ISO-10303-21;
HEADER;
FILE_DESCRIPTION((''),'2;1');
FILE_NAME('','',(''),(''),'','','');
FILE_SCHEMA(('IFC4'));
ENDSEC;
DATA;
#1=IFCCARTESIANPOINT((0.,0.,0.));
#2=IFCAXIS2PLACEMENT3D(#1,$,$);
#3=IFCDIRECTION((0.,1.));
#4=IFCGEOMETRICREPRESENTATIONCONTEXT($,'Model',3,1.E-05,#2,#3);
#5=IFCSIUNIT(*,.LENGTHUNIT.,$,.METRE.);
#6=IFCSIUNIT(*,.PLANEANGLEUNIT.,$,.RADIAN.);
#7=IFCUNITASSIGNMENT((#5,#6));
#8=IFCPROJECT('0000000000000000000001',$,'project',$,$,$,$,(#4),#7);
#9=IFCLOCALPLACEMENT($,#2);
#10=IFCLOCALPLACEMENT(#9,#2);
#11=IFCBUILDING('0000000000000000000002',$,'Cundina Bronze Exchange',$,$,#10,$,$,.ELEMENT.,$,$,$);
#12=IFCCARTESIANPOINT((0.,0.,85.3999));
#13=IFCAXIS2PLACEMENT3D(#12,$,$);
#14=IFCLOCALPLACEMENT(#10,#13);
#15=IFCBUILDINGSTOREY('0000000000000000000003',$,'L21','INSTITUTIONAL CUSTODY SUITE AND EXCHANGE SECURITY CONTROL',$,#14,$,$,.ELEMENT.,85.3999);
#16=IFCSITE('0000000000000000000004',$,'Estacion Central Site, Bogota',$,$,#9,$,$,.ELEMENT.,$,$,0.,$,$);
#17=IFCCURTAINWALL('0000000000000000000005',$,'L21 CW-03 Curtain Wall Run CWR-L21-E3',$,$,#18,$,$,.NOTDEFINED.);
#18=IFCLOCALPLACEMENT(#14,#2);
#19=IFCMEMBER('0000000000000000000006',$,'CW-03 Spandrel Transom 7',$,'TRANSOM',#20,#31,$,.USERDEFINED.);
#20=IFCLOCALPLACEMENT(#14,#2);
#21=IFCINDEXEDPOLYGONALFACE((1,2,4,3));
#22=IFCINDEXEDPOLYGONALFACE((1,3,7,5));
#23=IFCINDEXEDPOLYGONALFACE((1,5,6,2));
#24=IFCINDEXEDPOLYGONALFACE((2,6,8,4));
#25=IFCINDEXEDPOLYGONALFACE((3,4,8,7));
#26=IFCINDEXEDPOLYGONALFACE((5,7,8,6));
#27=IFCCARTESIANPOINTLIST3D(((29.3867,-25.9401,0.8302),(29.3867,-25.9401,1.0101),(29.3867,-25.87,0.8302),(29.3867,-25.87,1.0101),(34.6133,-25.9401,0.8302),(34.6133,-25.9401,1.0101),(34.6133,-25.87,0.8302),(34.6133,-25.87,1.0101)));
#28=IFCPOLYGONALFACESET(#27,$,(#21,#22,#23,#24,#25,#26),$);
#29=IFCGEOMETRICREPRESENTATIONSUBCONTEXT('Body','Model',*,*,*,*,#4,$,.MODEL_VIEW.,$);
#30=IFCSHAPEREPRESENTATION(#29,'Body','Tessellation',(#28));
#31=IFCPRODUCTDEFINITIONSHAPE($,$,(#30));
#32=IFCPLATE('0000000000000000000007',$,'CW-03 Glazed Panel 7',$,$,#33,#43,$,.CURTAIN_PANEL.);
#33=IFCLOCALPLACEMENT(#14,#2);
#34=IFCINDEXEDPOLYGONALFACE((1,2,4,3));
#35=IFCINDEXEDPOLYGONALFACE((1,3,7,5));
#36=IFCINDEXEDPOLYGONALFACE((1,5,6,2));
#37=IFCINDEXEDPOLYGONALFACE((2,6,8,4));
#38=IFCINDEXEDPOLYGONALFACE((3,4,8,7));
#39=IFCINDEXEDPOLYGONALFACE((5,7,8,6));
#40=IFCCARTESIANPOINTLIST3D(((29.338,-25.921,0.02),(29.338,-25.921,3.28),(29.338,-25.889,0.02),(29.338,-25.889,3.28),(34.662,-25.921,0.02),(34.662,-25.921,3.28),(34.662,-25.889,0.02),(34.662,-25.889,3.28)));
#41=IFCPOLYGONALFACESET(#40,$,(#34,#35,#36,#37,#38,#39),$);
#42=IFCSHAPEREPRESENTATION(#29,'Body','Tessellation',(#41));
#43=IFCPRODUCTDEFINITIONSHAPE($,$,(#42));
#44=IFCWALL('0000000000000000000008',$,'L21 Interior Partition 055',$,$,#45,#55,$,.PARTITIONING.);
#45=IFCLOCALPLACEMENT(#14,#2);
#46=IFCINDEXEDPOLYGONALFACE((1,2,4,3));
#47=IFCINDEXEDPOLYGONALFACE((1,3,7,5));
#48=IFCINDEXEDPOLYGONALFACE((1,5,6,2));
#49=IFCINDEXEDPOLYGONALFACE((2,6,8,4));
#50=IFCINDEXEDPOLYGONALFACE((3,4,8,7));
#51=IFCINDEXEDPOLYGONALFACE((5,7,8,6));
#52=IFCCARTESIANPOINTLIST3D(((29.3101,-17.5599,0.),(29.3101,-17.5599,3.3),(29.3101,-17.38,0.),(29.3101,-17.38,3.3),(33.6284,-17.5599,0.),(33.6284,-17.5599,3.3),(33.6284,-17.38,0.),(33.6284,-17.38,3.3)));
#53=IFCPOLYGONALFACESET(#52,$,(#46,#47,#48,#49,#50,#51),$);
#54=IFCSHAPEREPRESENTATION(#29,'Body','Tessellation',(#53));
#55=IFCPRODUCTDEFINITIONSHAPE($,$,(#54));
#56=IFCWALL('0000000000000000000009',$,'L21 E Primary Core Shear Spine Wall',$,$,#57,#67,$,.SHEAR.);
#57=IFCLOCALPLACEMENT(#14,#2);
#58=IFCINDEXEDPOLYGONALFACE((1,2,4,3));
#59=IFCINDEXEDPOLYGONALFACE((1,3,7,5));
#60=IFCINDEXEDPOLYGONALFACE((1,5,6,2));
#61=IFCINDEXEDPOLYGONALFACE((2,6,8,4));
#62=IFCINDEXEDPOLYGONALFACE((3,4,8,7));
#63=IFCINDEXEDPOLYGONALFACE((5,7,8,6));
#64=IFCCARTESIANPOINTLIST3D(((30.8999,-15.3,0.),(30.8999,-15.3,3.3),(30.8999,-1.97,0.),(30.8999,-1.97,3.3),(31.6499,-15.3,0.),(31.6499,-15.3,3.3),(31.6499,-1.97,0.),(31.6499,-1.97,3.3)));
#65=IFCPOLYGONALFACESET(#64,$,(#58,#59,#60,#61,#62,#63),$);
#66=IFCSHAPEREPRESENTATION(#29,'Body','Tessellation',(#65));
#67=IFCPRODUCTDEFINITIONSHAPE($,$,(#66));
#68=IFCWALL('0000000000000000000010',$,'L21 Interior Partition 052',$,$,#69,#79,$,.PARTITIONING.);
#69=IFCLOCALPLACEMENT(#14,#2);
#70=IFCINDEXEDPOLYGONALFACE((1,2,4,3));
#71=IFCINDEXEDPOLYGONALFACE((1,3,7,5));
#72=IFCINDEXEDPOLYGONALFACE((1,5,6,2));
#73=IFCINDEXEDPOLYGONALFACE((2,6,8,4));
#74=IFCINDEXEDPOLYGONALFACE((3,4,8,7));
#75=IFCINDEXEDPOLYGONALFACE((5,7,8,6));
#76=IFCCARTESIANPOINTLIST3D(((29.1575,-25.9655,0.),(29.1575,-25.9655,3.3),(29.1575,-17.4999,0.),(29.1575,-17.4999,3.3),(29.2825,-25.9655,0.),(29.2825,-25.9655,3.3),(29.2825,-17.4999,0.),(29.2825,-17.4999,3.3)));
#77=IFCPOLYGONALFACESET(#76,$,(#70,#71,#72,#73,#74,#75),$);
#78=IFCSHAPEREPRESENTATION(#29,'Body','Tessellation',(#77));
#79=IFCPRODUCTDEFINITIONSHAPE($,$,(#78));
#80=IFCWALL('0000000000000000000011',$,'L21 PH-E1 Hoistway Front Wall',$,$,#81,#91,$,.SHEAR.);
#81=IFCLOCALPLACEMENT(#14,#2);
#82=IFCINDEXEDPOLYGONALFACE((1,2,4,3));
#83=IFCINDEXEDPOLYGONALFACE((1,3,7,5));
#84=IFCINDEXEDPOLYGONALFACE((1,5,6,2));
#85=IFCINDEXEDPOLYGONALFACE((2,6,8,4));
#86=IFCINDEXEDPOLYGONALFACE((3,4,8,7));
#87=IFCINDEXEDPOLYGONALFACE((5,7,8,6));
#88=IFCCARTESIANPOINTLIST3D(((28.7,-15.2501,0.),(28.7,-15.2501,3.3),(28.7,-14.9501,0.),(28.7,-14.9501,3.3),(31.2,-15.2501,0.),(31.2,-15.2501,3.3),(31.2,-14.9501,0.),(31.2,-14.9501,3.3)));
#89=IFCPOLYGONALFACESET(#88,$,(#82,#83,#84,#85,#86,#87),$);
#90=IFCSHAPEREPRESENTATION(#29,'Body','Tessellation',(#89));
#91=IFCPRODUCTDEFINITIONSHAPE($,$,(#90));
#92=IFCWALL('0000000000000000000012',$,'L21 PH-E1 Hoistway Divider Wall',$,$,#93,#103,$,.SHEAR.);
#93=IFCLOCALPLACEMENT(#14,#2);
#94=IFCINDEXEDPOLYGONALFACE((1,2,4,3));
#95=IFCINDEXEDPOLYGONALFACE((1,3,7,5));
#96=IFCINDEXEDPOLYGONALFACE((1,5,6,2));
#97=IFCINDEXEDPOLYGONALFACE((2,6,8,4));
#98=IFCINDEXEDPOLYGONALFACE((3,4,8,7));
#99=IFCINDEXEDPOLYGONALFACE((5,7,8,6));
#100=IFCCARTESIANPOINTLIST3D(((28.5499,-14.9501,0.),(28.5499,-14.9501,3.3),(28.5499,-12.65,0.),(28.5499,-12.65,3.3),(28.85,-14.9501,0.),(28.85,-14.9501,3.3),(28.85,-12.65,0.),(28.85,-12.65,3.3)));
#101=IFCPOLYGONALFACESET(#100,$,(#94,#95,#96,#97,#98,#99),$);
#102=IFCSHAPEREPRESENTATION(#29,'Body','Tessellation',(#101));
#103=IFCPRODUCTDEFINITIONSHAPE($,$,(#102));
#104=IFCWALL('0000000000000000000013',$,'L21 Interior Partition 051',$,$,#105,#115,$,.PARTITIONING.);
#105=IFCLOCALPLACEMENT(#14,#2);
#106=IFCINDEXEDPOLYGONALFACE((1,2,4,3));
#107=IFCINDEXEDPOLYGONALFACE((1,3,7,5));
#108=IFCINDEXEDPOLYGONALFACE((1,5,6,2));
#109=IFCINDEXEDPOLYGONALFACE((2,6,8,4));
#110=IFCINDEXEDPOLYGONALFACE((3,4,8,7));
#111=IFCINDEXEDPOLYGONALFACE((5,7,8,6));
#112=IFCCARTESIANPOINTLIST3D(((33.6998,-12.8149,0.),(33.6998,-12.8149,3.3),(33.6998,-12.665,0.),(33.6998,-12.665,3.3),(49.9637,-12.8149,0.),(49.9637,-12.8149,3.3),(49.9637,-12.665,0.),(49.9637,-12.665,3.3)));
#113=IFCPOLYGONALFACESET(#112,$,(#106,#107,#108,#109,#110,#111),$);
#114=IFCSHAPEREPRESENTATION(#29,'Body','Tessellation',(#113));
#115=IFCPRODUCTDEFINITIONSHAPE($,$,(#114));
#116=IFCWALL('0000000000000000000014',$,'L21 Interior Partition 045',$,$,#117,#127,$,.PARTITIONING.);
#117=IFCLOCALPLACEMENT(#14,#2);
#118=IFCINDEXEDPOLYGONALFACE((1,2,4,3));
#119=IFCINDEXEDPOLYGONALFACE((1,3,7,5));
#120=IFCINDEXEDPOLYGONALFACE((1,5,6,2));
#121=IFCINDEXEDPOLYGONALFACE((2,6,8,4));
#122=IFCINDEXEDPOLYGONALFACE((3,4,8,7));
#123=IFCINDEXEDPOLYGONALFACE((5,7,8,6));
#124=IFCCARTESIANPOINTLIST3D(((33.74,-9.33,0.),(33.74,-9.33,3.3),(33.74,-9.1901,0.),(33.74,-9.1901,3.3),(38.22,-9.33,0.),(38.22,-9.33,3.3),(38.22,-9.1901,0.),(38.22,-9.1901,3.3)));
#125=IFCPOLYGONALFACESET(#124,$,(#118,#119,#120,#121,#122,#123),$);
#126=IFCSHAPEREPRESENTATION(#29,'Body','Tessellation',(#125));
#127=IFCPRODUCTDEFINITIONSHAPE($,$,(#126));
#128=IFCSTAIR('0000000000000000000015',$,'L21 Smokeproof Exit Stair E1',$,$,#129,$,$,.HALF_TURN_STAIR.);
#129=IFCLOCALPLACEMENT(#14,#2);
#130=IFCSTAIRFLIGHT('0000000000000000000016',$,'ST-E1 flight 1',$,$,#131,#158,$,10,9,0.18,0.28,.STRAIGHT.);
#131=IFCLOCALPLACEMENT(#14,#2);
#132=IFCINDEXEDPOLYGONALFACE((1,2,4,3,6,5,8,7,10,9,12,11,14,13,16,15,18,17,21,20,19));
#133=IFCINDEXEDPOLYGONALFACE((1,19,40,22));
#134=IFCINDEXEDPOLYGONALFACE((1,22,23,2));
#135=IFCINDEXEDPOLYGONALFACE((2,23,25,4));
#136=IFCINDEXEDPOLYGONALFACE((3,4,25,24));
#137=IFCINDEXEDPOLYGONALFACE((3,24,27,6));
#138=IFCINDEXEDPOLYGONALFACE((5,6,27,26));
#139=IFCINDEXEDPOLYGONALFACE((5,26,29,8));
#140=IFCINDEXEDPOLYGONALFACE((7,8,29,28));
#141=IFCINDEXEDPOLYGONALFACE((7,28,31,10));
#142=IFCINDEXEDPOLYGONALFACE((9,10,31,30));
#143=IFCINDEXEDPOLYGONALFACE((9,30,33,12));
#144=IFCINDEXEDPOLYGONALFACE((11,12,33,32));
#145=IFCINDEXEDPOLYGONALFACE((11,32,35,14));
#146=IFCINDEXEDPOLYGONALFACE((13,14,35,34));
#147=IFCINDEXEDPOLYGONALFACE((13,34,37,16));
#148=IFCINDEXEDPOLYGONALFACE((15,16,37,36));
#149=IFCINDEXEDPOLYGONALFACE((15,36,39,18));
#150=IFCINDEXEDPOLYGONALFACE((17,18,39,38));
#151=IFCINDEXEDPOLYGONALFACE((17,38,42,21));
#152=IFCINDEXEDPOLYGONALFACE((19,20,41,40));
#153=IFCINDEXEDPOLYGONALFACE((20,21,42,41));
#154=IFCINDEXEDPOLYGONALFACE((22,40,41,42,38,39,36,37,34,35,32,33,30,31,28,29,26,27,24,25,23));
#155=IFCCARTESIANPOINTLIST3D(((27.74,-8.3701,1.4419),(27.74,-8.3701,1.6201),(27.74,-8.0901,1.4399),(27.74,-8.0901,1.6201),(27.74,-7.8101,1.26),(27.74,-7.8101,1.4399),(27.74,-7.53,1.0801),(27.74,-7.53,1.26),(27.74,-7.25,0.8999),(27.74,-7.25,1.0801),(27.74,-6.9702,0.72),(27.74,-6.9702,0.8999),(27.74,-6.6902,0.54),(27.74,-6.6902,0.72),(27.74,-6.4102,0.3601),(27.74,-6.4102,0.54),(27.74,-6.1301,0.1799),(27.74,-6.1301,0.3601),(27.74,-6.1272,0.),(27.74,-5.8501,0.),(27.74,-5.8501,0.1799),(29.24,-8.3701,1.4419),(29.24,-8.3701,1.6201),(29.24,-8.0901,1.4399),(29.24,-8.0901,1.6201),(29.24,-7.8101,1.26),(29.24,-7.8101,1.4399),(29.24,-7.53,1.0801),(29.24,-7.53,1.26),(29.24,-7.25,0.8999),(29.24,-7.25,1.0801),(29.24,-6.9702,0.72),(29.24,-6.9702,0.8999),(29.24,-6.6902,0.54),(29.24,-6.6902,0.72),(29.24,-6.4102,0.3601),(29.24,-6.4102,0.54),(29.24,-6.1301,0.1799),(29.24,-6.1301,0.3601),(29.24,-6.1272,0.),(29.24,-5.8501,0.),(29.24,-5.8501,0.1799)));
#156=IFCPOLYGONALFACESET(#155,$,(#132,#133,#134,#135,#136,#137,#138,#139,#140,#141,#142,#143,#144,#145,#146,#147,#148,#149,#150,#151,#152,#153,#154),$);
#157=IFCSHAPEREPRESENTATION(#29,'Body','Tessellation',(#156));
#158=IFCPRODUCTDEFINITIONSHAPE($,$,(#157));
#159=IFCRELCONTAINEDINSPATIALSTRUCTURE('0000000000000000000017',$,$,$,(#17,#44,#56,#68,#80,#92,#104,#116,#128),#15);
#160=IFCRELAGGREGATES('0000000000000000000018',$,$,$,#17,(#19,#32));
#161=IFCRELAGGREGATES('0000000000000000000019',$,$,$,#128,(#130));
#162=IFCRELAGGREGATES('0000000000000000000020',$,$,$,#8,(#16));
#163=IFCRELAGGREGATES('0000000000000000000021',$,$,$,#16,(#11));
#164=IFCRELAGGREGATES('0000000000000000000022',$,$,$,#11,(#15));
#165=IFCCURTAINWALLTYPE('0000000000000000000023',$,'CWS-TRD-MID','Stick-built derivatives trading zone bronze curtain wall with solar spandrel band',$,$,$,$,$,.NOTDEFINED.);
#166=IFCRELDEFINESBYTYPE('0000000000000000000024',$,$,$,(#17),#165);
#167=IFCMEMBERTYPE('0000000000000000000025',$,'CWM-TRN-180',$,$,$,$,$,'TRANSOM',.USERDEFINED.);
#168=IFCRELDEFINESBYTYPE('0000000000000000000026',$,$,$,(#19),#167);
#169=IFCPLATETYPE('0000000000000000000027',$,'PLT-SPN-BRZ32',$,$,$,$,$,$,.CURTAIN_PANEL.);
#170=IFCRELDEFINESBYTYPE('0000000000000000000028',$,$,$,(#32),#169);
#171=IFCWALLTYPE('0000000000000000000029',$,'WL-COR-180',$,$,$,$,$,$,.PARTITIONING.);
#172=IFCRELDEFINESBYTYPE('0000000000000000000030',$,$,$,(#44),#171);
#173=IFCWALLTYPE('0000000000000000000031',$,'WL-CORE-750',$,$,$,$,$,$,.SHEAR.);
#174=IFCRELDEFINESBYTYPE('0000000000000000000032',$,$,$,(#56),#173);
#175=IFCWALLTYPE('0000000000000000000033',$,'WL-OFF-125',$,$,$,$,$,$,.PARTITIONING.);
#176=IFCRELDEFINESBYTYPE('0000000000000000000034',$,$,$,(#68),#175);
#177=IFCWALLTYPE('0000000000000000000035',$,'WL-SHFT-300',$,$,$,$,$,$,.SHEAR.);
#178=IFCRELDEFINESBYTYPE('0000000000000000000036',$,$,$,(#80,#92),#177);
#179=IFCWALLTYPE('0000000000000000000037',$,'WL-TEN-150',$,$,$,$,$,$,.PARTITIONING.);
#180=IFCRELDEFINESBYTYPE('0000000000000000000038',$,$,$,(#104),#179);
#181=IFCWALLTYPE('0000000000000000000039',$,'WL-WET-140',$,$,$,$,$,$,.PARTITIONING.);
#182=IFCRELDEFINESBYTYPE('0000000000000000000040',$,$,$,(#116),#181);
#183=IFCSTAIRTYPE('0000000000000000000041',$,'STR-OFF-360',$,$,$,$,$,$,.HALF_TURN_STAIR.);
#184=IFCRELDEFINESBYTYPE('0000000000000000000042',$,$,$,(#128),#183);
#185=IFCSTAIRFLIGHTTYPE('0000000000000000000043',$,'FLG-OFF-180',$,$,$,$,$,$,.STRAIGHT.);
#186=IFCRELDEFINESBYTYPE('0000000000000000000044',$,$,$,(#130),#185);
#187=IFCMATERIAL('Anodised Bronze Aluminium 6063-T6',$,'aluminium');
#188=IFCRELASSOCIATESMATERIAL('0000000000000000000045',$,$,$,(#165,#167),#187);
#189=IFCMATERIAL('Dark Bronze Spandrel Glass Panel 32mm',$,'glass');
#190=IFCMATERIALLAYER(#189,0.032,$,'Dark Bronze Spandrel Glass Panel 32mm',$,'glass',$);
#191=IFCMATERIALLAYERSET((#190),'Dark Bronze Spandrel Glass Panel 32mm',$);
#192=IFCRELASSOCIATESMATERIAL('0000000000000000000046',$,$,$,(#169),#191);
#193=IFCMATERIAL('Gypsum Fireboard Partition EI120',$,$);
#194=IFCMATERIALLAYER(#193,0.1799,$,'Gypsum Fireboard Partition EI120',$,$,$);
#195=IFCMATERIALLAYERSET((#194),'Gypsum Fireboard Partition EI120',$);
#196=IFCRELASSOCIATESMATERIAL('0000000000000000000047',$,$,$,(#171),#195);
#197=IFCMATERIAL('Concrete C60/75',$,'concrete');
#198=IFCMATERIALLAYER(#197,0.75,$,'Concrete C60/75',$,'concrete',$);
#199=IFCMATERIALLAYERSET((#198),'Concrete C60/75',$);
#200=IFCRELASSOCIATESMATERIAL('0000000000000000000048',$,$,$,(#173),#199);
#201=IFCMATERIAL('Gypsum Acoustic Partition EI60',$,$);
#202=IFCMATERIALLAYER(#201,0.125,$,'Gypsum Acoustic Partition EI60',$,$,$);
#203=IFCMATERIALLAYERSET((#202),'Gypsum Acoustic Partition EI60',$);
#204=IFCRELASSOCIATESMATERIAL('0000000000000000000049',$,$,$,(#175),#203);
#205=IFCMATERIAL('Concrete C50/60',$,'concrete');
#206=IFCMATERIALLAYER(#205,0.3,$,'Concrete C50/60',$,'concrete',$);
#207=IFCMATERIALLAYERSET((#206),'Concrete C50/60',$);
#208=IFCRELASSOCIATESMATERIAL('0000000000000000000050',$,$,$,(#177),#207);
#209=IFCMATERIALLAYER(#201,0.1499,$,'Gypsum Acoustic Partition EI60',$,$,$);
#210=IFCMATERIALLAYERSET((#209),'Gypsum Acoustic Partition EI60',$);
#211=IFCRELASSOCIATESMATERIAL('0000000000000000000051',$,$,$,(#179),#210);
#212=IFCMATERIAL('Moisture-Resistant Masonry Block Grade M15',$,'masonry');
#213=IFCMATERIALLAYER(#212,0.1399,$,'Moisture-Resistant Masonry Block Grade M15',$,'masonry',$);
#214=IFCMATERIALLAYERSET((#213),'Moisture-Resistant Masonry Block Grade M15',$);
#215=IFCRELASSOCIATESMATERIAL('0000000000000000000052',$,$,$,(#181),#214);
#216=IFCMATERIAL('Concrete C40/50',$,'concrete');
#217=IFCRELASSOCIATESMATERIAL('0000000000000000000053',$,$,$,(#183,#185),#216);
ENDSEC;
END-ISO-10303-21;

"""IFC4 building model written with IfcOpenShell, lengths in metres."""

from ifc_helpers import new_model, si_unit, direction, frame, frame_2d, origin, origin_2d, place, context, subcontext, project, spatial, polyline, rectangle, outline, extrude, material, layer, layer_set, material_profile, profile_set, type_object, element, aggregate, save


model = new_model("IFC4")

# Units and contexts
model_context = context("Model", 3, precision=1e-05, world=origin(), true_north=direction((0.0, 1.0)))
body_context = subcontext(model_context, "Body", "Model", "MODEL_VIEW")
ifc_project = project(units=[si_unit("LENGTHUNIT", "METRE"), si_unit("PLANEANGLEUNIT", "RADIAN")], contexts=[model_context])

# Site, building, storey
site_placement = place(None, origin())
site = spatial("IfcSite", under=ifc_project, at=site_placement, Name="Estacion Central Site, Bogota", CompositionType="ELEMENT", RefElevation=0.0)
building_placement = place(site_placement, origin())
building = spatial("IfcBuilding", under=site, at=building_placement, Name="Cundina Bronze Exchange", CompositionType="ELEMENT")
storey_placement = place(building_placement, frame((0.0, 0.0, 85.3999)))
storey = spatial("IfcBuildingStorey", under=building, at=storey_placement, Name="L21", Description="INSTITUTIONAL CUSTODY SUITE AND EXCHANGE SECURITY CONTROL", CompositionType="ELEMENT", Elevation=85.3999)

# Shared definitions
ifc_material_1 = material(Name="Concrete C60/75", Category="concrete")

# Curtain wall
ifc_material_2 = material(Name="Anodised Bronze Aluminium 6063-T6", Category="aluminium")
curtain_wall_type = type_object("IfcCurtainWallType", Name="CWS-TRD-MID", Description="Stick-built derivatives trading zone bronze curtain wall with solar spandrel band", PredefinedType="NOTDEFINED", material=ifc_material_2)
curtain_wall_1_placement = place(storey_placement, origin())
curtain_wall_1 = element("IfcCurtainWall", 1, at=curtain_wall_1_placement, inside=storey, type_object=curtain_wall_type, Name="L21 CW-03 Curtain Wall Run CWR-L21-E3", PredefinedType="NOTDEFINED")

# Member
ifc_material_profile_1 = material_profile(ifc_material_2, rectangle(XDim=0.0701, YDim=0.1799, at=origin_2d()), Name="AL70X180", Category="aluminium")
ifc_profile_set_1 = profile_set([ifc_material_profile_1], Name="Anodised Bronze Aluminium 6063-T6")
member_type_1 = type_object("IfcMemberType", Name="CWM-TRN-180", ElementType="TRANSOM", PredefinedType="USERDEFINED", material=ifc_profile_set_1)
member_1_placement = place(storey_placement, frame((29.3867, -25.905, 0.9202), z_axis=(1.0, 0.0, 0.0), x_axis=(0.0, 1.0, 0.0)))
member_1 = element("IfcMember", 2, at=member_1_placement, type_object=member_type_1, Name="CW-03 Spandrel Transom 7", ObjectType="TRANSOM", PredefinedType="USERDEFINED", context=body_context, shape_type="SweptSolid", body=[
    extrude(rectangle(XDim=0.0701, YDim=0.1799, at=origin_2d()), origin(), (0.0, 0.0, 1.0), 5.2266),
])

# Plate
ifc_material_3 = material(Name="Dark Bronze Spandrel Glass Panel 32mm", Category="glass")
ifc_layer_1 = layer(ifc_material_3, 0.032, Name="Dark Bronze Spandrel Glass Panel 32mm", Category="glass")
ifc_layer_set_1 = layer_set([ifc_layer_1], Name="Dark Bronze Spandrel Glass Panel 32mm")
plate_type = type_object("IfcPlateType", Name="PLT-SPN-BRZ32", PredefinedType="CURTAIN_PANEL", material=ifc_layer_set_1)
plate_placement = place(storey_placement, frame((32.0, -25.905, 0.02), z_axis=(0.0, 0.0, 1.0), x_axis=(1.0, 0.0, 0.0)))
plate = element("IfcPlate", 3, at=plate_placement, type_object=plate_type, Name="CW-03 Glazed Panel 7", PredefinedType="CURTAIN_PANEL", context=body_context, shape_type="SweptSolid", body=[
    extrude(rectangle(XDim=5.324, YDim=0.032, at=origin_2d()), origin(), (0.0, 0.0, 1.0), 3.26),
])
aggregate(curtain_wall_1, [member_1, plate])

# Shared definitions
ifc_material_4 = material(Name="Gypsum Fireboard Partition EI120")
ifc_layer_2 = layer(ifc_material_4, 0.1799, Name="Gypsum Fireboard Partition EI120")
ifc_layer_set_2 = layer_set([ifc_layer_2], Name="Gypsum Fireboard Partition EI120")
wall_type_1 = type_object("IfcWallType", Name="WL-COR-180", PredefinedType="PARTITIONING", material=ifc_layer_set_2)

# Wall
wall_1_placement = place(storey_placement, frame((29.3101, -17.47, 0.0), z_axis=(0.0, 0.0, 1.0), x_axis=(1.0, 0.0, 0.0)))
element("IfcWall", 4, at=wall_1_placement, inside=storey, type_object=wall_type_1, Name="L21 Interior Partition 055", PredefinedType="PARTITIONING", context=body_context, shape_type="SweptSolid", body=[
    extrude(rectangle(XDim=4.3184, YDim=0.1799, at=frame_2d((2.1592, 0.0))), origin(), (0.0, 0.0, 1.0), 3.3),
])

# Walls
ifc_layer_3 = layer(ifc_material_1, 0.75, Name="Concrete C60/75", Category="concrete")
ifc_layer_set_3 = layer_set([ifc_layer_3], Name="Concrete C60/75")
wall_type_2 = type_object("IfcWallType", Name="WL-CORE-750", PredefinedType="SHEAR", material=ifc_layer_set_3)
wall_2_placement = place(storey_placement, frame((31.2749, -15.3, 0.0), z_axis=(0.0, 0.0, 1.0), x_axis=(0.0, 1.0, 0.0)))
element("IfcWall", 5, at=wall_2_placement, inside=storey, type_object=wall_type_2, Name="L21 E Primary Core Shear Spine Wall", PredefinedType="SHEAR", context=body_context, shape_type="SweptSolid", body=[
    extrude(rectangle(XDim=13.3301, YDim=0.75, at=frame_2d((6.665, 0.0))), origin(), (0.0, 0.0, 1.0), 3.3),
])
ifc_material_5 = material(Name="Gypsum Acoustic Partition EI60")
ifc_layer_4 = layer(ifc_material_5, 0.125, Name="Gypsum Acoustic Partition EI60")
ifc_layer_set_4 = layer_set([ifc_layer_4], Name="Gypsum Acoustic Partition EI60")
wall_type_3 = type_object("IfcWallType", Name="WL-OFF-125", PredefinedType="PARTITIONING", material=ifc_layer_set_4)
wall_3_placement = place(storey_placement, frame((29.22, -25.9656, 0.0), z_axis=(0.0, 0.0, 1.0), x_axis=(0.0, 1.0, 0.0)))
element("IfcWall", 6, at=wall_3_placement, inside=storey, type_object=wall_type_3, Name="L21 Interior Partition 052", PredefinedType="PARTITIONING", context=body_context, shape_type="SweptSolid", body=[
    extrude(rectangle(XDim=8.4656, YDim=0.125, at=frame_2d((4.2329, 0.0))), origin(), (0.0, 0.0, 1.0), 3.3),
])
ifc_material_6 = material(Name="Concrete C50/60", Category="concrete")
ifc_layer_5 = layer(ifc_material_6, 0.3, Name="Concrete C50/60", Category="concrete")
ifc_layer_set_5 = layer_set([ifc_layer_5], Name="Concrete C50/60")
wall_type_4 = type_object("IfcWallType", Name="WL-SHFT-300", PredefinedType="SHEAR", material=ifc_layer_set_5)
wall_4_placement = place(storey_placement, frame((28.7, -15.1001, 0.0), z_axis=(0.0, 0.0, 1.0), x_axis=(1.0, 0.0, 0.0)))
element("IfcWall", 7, at=wall_4_placement, inside=storey, type_object=wall_type_4, Name="L21 PH-E1 Hoistway Front Wall", PredefinedType="SHEAR", context=body_context, shape_type="SweptSolid", body=[
    extrude(rectangle(XDim=2.5, YDim=0.3, at=frame_2d((1.25, 0.0))), origin(), (0.0, 0.0, 1.0), 3.3),
])
wall_5_placement = place(storey_placement, frame((28.7, -14.95, 0.0), z_axis=(0.0, 0.0, 1.0), x_axis=(0.0, 1.0, 0.0)))
element("IfcWall", 8, at=wall_5_placement, inside=storey, type_object=wall_type_4, Name="L21 PH-E1 Hoistway Divider Wall", PredefinedType="SHEAR", context=body_context, shape_type="SweptSolid", body=[
    extrude(rectangle(XDim=2.3, YDim=0.3, at=frame_2d((1.1499, 0.0))), origin(), (0.0, 0.0, 1.0), 3.3),
])
ifc_layer_6 = layer(ifc_material_5, 0.1499, Name="Gypsum Acoustic Partition EI60")
ifc_layer_set_6 = layer_set([ifc_layer_6], Name="Gypsum Acoustic Partition EI60")
wall_type_5 = type_object("IfcWallType", Name="WL-TEN-150", PredefinedType="PARTITIONING", material=ifc_layer_set_6)
wall_6_placement = place(storey_placement, frame((33.7, -12.74, 0.0), z_axis=(0.0, 0.0, 1.0), x_axis=(1.0, 0.0, 0.0)))
element("IfcWall", 9, at=wall_6_placement, inside=storey, type_object=wall_type_5, Name="L21 Interior Partition 051", PredefinedType="PARTITIONING", context=body_context, shape_type="SweptSolid", body=[
    extrude(rectangle(XDim=16.2639, YDim=0.1499, at=frame_2d((8.1318, 0.0))), origin(), (0.0, 0.0, 1.0), 3.3),
])
ifc_material_7 = material(Name="Moisture-Resistant Masonry Block Grade M15", Category="masonry")
ifc_layer_7 = layer(ifc_material_7, 0.1399, Name="Moisture-Resistant Masonry Block Grade M15", Category="masonry")
ifc_layer_set_7 = layer_set([ifc_layer_7], Name="Moisture-Resistant Masonry Block Grade M15")
wall_type_6 = type_object("IfcWallType", Name="WL-WET-140", PredefinedType="PARTITIONING", material=ifc_layer_set_7)
wall_7_placement = place(storey_placement, frame((33.74, -9.26, 0.0), z_axis=(0.0, 0.0, 1.0), x_axis=(1.0, 0.0, 0.0)))
element("IfcWall", 10, at=wall_7_placement, inside=storey, type_object=wall_type_6, Name="L21 Interior Partition 045", PredefinedType="PARTITIONING", context=body_context, shape_type="SweptSolid", body=[
    extrude(rectangle(XDim=4.48, YDim=0.1399, at=frame_2d((2.24, 0.0))), origin(), (0.0, 0.0, 1.0), 3.3),
])

# Stair, stair flight
ifc_material_8 = material(Name="Concrete C40/50", Category="concrete")
stair_type = type_object("IfcStairType", Name="STR-OFF-360", PredefinedType="HALF_TURN_STAIR", material=ifc_material_8)
stair_placement = place(storey_placement, origin())
stair = element("IfcStair", 11, at=stair_placement, inside=storey, type_object=stair_type, Name="L21 Smokeproof Exit Stair E1", PredefinedType="HALF_TURN_STAIR")
stair_flight_type = type_object("IfcStairFlightType", Name="FLG-OFF-180", PredefinedType="STRAIGHT", material=ifc_material_8)
stair_flight_1_placement = place(storey_placement, frame((28.49, -5.8501, 0.0), z_axis=(0.0, 0.0, 1.0), x_axis=(0.0, -1.0, 0.0)))
stair_flight_1 = element("IfcStairFlight", 12, at=stair_flight_1_placement, type_object=stair_flight_type, Name="ST-E1 flight 1", NumberOfRisers=10, NumberOfTreads=9, PredefinedType="STRAIGHT", RiserHeight=0.18, TreadLength=0.28, context=body_context, shape_type="SweptSolid", body=[
    extrude(outline(polyline([(0.0, 0.0), (0.0, 0.1799), (0.28, 0.1799), (0.28, 0.3601), (0.5601, 0.3601), (0.5601, 0.54), (0.8401, 0.54), (0.8401, 0.72), (1.1201, 0.72), (1.1201, 0.8999), (1.3999, 0.8999), (1.3999, 1.0801), (1.6799, 1.0801), (1.6799, 1.26), (1.96, 1.26), (1.96, 1.4399), (2.24, 1.4399), (2.24, 1.6201), (2.52, 1.6201), (2.52, 1.8), (2.52, 1.4419), (0.2771, 0.0), (0.0, 0.0)])), frame((0.0, 0.75, 0.0), z_axis=(0.0, -1.0, 0.0), x_axis=(1.0, 0.0, 0.0)), (0.0, 0.0, 1.0), 1.5),
])
aggregate(stair, [stair_flight_1])

save(model, "model.ifc")
